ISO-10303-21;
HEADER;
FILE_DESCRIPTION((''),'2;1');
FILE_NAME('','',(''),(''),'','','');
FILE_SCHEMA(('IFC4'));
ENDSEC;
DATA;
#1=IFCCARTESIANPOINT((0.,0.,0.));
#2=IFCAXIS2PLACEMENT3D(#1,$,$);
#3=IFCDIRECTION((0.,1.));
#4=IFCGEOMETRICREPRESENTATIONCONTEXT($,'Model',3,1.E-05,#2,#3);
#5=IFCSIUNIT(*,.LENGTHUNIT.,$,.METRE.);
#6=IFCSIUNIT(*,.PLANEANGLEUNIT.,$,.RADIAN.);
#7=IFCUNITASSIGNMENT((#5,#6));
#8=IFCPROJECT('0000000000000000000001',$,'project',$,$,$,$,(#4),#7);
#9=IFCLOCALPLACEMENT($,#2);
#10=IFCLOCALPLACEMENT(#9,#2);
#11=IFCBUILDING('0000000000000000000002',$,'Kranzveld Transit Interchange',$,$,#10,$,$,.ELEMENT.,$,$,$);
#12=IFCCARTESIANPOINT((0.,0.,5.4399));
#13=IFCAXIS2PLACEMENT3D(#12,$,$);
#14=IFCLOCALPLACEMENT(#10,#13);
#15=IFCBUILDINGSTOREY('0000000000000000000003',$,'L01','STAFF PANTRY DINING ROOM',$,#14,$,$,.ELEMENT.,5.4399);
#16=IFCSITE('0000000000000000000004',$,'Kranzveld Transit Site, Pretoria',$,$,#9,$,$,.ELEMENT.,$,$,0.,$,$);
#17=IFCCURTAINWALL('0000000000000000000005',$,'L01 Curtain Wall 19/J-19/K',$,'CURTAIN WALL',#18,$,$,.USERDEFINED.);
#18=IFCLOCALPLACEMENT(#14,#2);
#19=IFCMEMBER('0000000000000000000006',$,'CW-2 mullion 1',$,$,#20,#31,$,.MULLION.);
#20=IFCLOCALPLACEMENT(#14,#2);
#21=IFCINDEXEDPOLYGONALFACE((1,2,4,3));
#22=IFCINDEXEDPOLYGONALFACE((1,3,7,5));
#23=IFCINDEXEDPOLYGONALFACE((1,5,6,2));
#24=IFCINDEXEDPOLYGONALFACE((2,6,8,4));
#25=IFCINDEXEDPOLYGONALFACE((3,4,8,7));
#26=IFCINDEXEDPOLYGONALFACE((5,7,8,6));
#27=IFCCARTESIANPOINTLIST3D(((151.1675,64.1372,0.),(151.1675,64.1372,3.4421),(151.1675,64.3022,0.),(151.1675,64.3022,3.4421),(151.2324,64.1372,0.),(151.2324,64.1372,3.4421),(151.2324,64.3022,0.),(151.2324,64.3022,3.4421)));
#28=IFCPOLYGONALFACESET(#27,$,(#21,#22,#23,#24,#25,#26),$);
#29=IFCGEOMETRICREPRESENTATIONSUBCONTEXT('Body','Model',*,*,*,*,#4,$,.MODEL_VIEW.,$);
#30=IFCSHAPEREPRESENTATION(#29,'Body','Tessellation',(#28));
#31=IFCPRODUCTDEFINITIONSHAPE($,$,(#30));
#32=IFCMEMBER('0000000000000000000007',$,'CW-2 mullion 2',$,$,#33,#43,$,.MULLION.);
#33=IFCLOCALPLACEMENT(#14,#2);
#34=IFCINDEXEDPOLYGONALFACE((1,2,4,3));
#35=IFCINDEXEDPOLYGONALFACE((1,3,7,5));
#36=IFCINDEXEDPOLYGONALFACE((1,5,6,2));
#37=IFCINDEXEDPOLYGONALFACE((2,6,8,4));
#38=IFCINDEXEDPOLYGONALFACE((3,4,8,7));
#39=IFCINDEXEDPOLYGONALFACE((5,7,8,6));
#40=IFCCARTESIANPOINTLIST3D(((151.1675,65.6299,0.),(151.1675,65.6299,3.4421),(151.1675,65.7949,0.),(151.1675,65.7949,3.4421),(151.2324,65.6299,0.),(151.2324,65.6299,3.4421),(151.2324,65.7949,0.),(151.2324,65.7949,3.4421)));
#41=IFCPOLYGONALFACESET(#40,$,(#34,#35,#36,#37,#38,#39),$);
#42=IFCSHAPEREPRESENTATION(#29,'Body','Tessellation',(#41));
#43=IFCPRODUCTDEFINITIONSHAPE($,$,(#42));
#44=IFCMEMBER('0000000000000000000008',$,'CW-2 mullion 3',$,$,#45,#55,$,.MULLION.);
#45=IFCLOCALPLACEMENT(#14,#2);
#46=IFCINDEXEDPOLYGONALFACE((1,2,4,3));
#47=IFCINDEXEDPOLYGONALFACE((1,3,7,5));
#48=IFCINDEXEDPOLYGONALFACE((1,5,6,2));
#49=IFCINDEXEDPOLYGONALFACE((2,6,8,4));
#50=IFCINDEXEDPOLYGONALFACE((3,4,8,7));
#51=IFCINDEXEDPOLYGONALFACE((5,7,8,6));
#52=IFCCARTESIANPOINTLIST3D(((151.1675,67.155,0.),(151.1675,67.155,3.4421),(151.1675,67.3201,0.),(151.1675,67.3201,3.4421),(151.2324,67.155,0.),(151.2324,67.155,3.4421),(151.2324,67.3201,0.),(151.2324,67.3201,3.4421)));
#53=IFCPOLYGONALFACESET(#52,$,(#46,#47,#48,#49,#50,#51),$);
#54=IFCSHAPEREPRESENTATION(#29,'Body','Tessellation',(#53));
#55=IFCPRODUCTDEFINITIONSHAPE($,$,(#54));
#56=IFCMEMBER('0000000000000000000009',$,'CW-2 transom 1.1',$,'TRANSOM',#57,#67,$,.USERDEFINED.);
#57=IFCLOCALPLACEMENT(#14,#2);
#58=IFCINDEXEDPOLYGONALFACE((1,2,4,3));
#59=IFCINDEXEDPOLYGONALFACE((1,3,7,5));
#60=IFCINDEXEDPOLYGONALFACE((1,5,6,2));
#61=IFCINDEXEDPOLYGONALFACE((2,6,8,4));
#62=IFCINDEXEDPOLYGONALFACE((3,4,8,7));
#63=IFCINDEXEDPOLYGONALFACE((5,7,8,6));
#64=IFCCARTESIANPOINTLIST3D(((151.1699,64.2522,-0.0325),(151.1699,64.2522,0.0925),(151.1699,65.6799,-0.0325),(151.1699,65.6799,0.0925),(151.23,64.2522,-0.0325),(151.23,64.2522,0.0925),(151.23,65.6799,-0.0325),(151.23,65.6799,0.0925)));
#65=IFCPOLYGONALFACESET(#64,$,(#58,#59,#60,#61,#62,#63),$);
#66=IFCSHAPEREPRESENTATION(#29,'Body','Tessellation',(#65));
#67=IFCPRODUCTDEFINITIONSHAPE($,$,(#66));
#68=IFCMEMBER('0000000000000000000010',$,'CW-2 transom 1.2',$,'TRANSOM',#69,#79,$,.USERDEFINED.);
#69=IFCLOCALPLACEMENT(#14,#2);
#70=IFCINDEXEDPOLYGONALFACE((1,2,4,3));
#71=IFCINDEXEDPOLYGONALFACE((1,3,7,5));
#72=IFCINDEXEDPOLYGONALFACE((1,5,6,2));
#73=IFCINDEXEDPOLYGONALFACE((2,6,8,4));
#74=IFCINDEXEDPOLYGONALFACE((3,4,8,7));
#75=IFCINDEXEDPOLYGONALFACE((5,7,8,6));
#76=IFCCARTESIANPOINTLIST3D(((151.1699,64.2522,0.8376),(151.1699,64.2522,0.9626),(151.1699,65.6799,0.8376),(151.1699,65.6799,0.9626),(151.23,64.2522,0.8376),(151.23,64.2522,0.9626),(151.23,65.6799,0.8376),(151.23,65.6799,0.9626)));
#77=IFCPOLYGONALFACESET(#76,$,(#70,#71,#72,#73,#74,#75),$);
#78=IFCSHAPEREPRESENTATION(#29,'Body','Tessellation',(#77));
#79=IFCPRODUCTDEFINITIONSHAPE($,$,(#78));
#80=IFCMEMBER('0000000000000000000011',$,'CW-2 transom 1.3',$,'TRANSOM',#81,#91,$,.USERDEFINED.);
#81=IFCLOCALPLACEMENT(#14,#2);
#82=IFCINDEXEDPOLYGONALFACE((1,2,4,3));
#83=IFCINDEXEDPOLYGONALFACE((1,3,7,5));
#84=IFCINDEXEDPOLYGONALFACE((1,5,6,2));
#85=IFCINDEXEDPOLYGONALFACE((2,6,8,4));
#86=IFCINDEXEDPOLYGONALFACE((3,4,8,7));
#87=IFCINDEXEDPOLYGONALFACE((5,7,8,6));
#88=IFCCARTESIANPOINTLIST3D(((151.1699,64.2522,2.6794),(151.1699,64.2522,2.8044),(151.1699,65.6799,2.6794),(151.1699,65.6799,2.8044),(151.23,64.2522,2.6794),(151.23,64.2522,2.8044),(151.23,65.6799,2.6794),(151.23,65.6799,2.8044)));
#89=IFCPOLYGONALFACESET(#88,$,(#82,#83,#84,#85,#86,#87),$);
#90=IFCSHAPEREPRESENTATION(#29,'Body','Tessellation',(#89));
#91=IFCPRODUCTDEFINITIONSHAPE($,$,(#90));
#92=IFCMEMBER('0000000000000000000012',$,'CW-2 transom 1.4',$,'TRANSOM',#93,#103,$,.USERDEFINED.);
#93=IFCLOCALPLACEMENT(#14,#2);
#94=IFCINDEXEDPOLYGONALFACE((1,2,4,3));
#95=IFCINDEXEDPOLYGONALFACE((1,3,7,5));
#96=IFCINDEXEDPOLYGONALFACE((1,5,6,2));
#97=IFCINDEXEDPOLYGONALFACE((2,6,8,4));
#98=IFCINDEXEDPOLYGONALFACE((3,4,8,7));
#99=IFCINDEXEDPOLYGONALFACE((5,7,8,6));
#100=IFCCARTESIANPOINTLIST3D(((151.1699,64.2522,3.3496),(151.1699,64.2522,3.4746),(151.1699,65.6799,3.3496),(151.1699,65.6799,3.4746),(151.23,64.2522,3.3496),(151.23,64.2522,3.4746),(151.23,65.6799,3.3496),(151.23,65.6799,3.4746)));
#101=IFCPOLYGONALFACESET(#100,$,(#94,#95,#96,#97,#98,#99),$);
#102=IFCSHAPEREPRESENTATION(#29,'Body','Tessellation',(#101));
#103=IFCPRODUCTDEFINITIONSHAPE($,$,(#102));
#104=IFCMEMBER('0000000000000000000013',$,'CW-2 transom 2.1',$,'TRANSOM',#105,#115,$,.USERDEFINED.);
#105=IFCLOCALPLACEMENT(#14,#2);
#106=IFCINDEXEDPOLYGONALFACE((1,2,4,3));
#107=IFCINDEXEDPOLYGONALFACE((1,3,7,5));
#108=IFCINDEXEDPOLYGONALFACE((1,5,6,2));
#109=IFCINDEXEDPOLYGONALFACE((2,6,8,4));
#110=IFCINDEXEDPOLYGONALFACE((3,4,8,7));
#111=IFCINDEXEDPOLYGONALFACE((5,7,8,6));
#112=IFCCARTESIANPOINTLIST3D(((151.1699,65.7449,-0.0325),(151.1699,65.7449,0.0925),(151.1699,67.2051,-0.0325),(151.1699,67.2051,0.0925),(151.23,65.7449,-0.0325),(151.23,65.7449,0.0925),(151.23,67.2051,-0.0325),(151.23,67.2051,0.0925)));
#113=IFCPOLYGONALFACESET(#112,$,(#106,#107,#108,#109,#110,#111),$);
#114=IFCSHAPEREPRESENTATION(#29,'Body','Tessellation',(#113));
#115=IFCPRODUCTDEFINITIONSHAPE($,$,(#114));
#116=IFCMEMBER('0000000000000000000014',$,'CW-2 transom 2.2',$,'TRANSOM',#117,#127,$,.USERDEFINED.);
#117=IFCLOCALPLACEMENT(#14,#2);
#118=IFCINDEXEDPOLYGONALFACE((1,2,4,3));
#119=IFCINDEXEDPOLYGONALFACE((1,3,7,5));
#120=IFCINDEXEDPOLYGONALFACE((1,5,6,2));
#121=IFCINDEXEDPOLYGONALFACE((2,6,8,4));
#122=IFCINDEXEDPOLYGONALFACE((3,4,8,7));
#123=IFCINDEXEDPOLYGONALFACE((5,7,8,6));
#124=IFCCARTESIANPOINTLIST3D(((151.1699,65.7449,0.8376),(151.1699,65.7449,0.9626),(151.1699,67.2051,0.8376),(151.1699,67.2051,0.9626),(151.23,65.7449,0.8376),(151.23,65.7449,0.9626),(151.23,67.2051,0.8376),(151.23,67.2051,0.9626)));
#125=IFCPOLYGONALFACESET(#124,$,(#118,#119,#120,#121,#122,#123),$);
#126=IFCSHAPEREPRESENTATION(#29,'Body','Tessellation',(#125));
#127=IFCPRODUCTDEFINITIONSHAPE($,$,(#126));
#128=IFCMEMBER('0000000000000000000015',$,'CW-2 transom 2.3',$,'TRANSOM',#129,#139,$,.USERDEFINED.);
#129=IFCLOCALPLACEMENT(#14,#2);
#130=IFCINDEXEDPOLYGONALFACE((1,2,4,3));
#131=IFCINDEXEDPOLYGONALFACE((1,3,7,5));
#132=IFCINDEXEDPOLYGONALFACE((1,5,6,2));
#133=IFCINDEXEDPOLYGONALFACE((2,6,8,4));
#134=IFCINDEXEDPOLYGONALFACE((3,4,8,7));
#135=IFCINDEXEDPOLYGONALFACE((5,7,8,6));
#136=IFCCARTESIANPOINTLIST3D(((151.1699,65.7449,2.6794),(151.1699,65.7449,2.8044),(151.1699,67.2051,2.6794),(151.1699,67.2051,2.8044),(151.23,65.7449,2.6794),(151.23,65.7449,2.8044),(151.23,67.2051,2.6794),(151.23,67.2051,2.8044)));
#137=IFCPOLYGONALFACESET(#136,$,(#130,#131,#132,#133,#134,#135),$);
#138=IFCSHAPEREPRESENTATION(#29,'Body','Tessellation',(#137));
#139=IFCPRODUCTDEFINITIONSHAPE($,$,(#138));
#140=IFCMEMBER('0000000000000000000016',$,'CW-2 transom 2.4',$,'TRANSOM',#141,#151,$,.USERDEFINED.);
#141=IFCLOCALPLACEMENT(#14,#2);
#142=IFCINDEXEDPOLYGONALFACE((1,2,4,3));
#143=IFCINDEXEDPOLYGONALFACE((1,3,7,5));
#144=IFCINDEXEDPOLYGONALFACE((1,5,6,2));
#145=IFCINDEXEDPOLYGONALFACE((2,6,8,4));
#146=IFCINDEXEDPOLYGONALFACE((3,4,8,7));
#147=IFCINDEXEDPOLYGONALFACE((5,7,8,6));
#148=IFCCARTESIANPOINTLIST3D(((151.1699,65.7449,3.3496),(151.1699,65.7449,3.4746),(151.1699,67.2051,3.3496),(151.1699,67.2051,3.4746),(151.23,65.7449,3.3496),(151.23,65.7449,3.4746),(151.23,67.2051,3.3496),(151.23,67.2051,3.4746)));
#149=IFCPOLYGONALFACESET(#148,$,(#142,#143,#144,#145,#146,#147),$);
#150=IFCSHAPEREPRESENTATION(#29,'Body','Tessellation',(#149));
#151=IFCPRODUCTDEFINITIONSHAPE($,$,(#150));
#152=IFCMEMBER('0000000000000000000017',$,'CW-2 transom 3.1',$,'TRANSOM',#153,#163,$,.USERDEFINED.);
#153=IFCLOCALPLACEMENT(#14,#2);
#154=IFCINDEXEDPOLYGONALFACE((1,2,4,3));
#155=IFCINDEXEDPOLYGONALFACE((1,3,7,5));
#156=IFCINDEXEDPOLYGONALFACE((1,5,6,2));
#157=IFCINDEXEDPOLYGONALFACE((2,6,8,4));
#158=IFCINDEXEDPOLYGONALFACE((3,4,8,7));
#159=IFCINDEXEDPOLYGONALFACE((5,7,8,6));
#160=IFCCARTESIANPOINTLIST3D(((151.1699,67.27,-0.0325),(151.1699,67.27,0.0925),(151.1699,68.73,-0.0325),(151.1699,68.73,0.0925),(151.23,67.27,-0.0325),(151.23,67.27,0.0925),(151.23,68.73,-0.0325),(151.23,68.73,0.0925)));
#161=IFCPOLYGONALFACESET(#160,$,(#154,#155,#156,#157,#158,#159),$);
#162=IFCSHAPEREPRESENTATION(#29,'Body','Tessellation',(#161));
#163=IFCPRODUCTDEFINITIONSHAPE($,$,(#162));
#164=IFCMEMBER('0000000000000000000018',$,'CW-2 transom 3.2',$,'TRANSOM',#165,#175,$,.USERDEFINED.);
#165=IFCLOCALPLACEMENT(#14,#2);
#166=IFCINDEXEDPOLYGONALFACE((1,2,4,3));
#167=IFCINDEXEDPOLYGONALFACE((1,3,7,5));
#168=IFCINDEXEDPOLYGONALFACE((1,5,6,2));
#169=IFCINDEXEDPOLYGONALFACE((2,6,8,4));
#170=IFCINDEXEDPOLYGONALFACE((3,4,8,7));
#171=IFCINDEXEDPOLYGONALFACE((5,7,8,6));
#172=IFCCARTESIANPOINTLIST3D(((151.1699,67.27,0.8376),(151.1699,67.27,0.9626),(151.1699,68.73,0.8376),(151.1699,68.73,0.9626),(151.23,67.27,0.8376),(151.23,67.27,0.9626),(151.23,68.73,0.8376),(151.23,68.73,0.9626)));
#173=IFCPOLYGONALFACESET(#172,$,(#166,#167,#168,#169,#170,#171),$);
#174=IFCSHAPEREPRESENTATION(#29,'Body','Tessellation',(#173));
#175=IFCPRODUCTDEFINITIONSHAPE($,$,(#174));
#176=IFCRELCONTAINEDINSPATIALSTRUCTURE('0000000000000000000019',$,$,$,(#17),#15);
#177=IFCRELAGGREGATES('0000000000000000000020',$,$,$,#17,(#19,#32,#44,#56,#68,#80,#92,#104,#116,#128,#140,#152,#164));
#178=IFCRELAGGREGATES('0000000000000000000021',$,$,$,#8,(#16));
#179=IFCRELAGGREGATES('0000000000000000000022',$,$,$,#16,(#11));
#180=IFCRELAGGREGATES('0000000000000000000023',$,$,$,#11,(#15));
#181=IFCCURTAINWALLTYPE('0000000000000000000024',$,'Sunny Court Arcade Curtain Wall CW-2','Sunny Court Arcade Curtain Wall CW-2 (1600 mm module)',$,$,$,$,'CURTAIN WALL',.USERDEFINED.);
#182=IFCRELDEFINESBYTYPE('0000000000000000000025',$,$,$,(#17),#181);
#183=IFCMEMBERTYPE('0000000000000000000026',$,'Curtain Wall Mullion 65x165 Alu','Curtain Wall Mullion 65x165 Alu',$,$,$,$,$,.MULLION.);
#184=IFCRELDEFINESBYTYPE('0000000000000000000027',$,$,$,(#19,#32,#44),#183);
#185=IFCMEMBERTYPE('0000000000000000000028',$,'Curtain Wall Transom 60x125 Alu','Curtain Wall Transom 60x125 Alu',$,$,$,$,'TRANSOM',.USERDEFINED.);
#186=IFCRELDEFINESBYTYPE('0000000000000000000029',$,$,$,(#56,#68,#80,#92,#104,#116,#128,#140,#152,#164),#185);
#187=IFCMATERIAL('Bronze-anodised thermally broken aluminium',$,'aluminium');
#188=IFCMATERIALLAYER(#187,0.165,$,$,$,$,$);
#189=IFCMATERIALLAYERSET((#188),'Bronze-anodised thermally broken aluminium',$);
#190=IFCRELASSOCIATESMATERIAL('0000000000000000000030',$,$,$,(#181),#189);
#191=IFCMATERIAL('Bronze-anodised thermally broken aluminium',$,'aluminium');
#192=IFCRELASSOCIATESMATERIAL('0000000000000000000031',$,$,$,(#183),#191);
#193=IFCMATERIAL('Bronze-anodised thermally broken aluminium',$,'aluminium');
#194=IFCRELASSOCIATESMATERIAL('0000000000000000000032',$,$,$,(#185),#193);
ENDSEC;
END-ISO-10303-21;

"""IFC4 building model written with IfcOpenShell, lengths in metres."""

from ifc_helpers import new_model, si_unit, direction, frame, origin, origin_2d, place, context, subcontext, project, spatial, rectangle, extrude, material, layer, layer_set, material_profile, profile_set, type_object, element, aggregate, save


model = new_model("IFC4")

# Units and contexts
model_context = context("Model", 3, precision=1e-05, world=origin(), true_north=direction((0.0, 1.0)))
body_context = subcontext(model_context, "Body", "Model", "MODEL_VIEW")
ifc_project = project(units=[si_unit("LENGTHUNIT", "METRE"), si_unit("PLANEANGLEUNIT", "RADIAN")], contexts=[model_context])

# Site, building, storey
site_placement = place(None, origin())
site = spatial("IfcSite", under=ifc_project, at=site_placement, Name="Kranzveld Transit Site, Pretoria", CompositionType="ELEMENT", RefElevation=0.0)
building_placement = place(site_placement, origin())
building = spatial("IfcBuilding", under=site, at=building_placement, Name="Kranzveld Transit Interchange", CompositionType="ELEMENT")
storey_placement = place(building_placement, frame((0.0, 0.0, 5.4399)))
storey = spatial("IfcBuildingStorey", under=building, at=storey_placement, Name="L01", Description="STAFF PANTRY DINING ROOM", CompositionType="ELEMENT", Elevation=5.4399)

# Curtain wall, members
ifc_material_1 = material(Name="Bronze-anodised thermally broken aluminium", Category="aluminium")
ifc_layer_1 = layer(ifc_material_1, 0.165)
ifc_layer_set_1 = layer_set([ifc_layer_1], Name="Bronze-anodised thermally broken aluminium")
curtain_wall_type = type_object("IfcCurtainWallType", Name="Sunny Court Arcade Curtain Wall CW-2", Description="Sunny Court Arcade Curtain Wall CW-2 (1600 mm module)", ElementType="CURTAIN WALL", PredefinedType="USERDEFINED", material=ifc_layer_set_1)
curtain_wall_placement = place(storey_placement, origin())
curtain_wall = element("IfcCurtainWall", 1, at=curtain_wall_placement, inside=storey, type_object=curtain_wall_type, Name="L01 Curtain Wall 19/J-19/K", ObjectType="CURTAIN WALL", PredefinedType="USERDEFINED")
ifc_material_2 = material(Name="Bronze-anodised thermally broken aluminium", Category="aluminium")
ifc_material_profile_1 = material_profile(ifc_material_2, rectangle(XDim=0.0649, YDim=0.165, at=origin_2d()), Name="ALU MULLION 65x165")
ifc_profile_set_1 = profile_set([ifc_material_profile_1], Name="Bronze-anodised thermally broken aluminium")
member_type_1 = type_object("IfcMemberType", Name="Curtain Wall Mullion 65x165 Alu", Description="Curtain Wall Mullion 65x165 Alu", PredefinedType="MULLION", material=ifc_profile_set_1)
member_1_placement = place(storey_placement, frame((151.2, 64.2197, 0.0), z_axis=(0.0, 0.0, 1.0), x_axis=(-1.0, 0.0, 0.0)))
member_1 = element("IfcMember", 2, at=member_1_placement, type_object=member_type_1, Name="CW-2 mullion 1", PredefinedType="MULLION", context=body_context, shape_type="SweptSolid", body=[
    extrude(rectangle(XDim=0.0649, YDim=0.165, at=origin_2d()), origin(), (0.0, 0.0, 1.0), 3.4421),
])
member_2_placement = place(storey_placement, frame((151.2, 65.7124, 0.0), z_axis=(0.0, 0.0, 1.0), x_axis=(-1.0, 0.0, 0.0)))
member_2 = element("IfcMember", 3, at=member_2_placement, type_object=member_type_1, Name="CW-2 mullion 2", PredefinedType="MULLION", context=body_context, shape_type="SweptSolid", body=[
    extrude(rectangle(XDim=0.0649, YDim=0.165, at=origin_2d()), origin(), (0.0, 0.0, 1.0), 3.4421),
])
member_3_placement = place(storey_placement, frame((151.2, 67.2375, 0.0), z_axis=(0.0, 0.0, 1.0), x_axis=(-1.0, 0.0, 0.0)))
member_3 = element("IfcMember", 4, at=member_3_placement, type_object=member_type_1, Name="CW-2 mullion 3", PredefinedType="MULLION", context=body_context, shape_type="SweptSolid", body=[
    extrude(rectangle(XDim=0.0649, YDim=0.165, at=origin_2d()), origin(), (0.0, 0.0, 1.0), 3.4421),
])
ifc_material_3 = material(Name="Bronze-anodised thermally broken aluminium", Category="aluminium")
ifc_material_profile_2 = material_profile(ifc_material_3, rectangle(XDim=0.0601, YDim=0.125, at=origin_2d()), Name="ALU TRANSOM 60x125")
ifc_profile_set_2 = profile_set([ifc_material_profile_2], Name="Bronze-anodised thermally broken aluminium")
member_type_2 = type_object("IfcMemberType", Name="Curtain Wall Transom 60x125 Alu", Description="Curtain Wall Transom 60x125 Alu", ElementType="TRANSOM", PredefinedType="USERDEFINED", material=ifc_profile_set_2)
member_4_placement = place(storey_placement, frame((151.2, 64.2522, 0.03), z_axis=(0.0, 1.0, 0.0), x_axis=(-1.0, 0.0, 0.0)))
member_4 = element("IfcMember", 5, at=member_4_placement, type_object=member_type_2, Name="CW-2 transom 1.1", ObjectType="TRANSOM", PredefinedType="USERDEFINED", context=body_context, shape_type="SweptSolid", body=[
    extrude(rectangle(XDim=0.0601, YDim=0.125, at=origin_2d()), origin(), (0.0, 0.0, 1.0), 1.4277),
])
member_5_placement = place(storey_placement, frame((151.2, 64.2522, 0.9001), z_axis=(0.0, 1.0, 0.0), x_axis=(-1.0, 0.0, 0.0)))
member_5 = element("IfcMember", 6, at=member_5_placement, type_object=member_type_2, Name="CW-2 transom 1.2", ObjectType="TRANSOM", PredefinedType="USERDEFINED", context=body_context, shape_type="SweptSolid", body=[
    extrude(rectangle(XDim=0.0601, YDim=0.125, at=origin_2d()), origin(), (0.0, 0.0, 1.0), 1.4277),
])
member_6_placement = place(storey_placement, frame((151.2, 64.2522, 2.7419), z_axis=(0.0, 1.0, 0.0), x_axis=(-1.0, 0.0, 0.0)))
member_6 = element("IfcMember", 7, at=member_6_placement, type_object=member_type_2, Name="CW-2 transom 1.3", ObjectType="TRANSOM", PredefinedType="USERDEFINED", context=body_context, shape_type="SweptSolid", body=[
    extrude(rectangle(XDim=0.0601, YDim=0.125, at=origin_2d()), origin(), (0.0, 0.0, 1.0), 1.4277),
])
member_7_placement = place(storey_placement, frame((151.2, 64.2522, 3.4121), z_axis=(0.0, 1.0, 0.0), x_axis=(-1.0, 0.0, 0.0)))
member_7 = element("IfcMember", 8, at=member_7_placement, type_object=member_type_2, Name="CW-2 transom 1.4", ObjectType="TRANSOM", PredefinedType="USERDEFINED", context=body_context, shape_type="SweptSolid", body=[
    extrude(rectangle(XDim=0.0601, YDim=0.125, at=origin_2d()), origin(), (0.0, 0.0, 1.0), 1.4277),
])
member_8_placement = place(storey_placement, frame((151.2, 65.7449, 0.03), z_axis=(0.0, 1.0, 0.0), x_axis=(-1.0, 0.0, 0.0)))
member_8 = element("IfcMember", 9, at=member_8_placement, type_object=member_type_2, Name="CW-2 transom 2.1", ObjectType="TRANSOM", PredefinedType="USERDEFINED", context=body_context, shape_type="SweptSolid", body=[
    extrude(rectangle(XDim=0.0601, YDim=0.125, at=origin_2d()), origin(), (0.0, 0.0, 1.0), 1.4602),
])
member_9_placement = place(storey_placement, frame((151.2, 65.7449, 0.9001), z_axis=(0.0, 1.0, 0.0), x_axis=(-1.0, 0.0, 0.0)))
member_9 = element("IfcMember", 10, at=member_9_placement, type_object=member_type_2, Name="CW-2 transom 2.2", ObjectType="TRANSOM", PredefinedType="USERDEFINED", context=body_context, shape_type="SweptSolid", body=[
    extrude(rectangle(XDim=0.0601, YDim=0.125, at=origin_2d()), origin(), (0.0, 0.0, 1.0), 1.4602),
])
member_10_placement = place(storey_placement, frame((151.2, 65.7449, 2.7419), z_axis=(0.0, 1.0, 0.0), x_axis=(-1.0, 0.0, 0.0)))
member_10 = element("IfcMember", 11, at=member_10_placement, type_object=member_type_2, Name="CW-2 transom 2.3", ObjectType="TRANSOM", PredefinedType="USERDEFINED", context=body_context, shape_type="SweptSolid", body=[
    extrude(rectangle(XDim=0.0601, YDim=0.125, at=origin_2d()), origin(), (0.0, 0.0, 1.0), 1.4602),
])
member_11_placement = place(storey_placement, frame((151.2, 65.7449, 3.4121), z_axis=(0.0, 1.0, 0.0), x_axis=(-1.0, 0.0, 0.0)))
member_11 = element("IfcMember", 12, at=member_11_placement, type_object=member_type_2, Name="CW-2 transom 2.4", ObjectType="TRANSOM", PredefinedType="USERDEFINED", context=body_context, shape_type="SweptSolid", body=[
    extrude(rectangle(XDim=0.0601, YDim=0.125, at=origin_2d()), origin(), (0.0, 0.0, 1.0), 1.4602),
])
member_12_placement = place(storey_placement, frame((151.2, 67.27, 0.03), z_axis=(0.0, 1.0, 0.0), x_axis=(-1.0, 0.0, 0.0)))
member_12 = element("IfcMember", 13, at=member_12_placement, type_object=member_type_2, Name="CW-2 transom 3.1", ObjectType="TRANSOM", PredefinedType="USERDEFINED", context=body_context, shape_type="SweptSolid", body=[
    extrude(rectangle(XDim=0.0601, YDim=0.125, at=origin_2d()), origin(), (0.0, 0.0, 1.0), 1.46),
])
member_13_placement = place(storey_placement, frame((151.2, 67.27, 0.9001), z_axis=(0.0, 1.0, 0.0), x_axis=(-1.0, 0.0, 0.0)))
member_13 = element("IfcMember", 14, at=member_13_placement, type_object=member_type_2, Name="CW-2 transom 3.2", ObjectType="TRANSOM", PredefinedType="USERDEFINED", context=body_context, shape_type="SweptSolid", body=[
    extrude(rectangle(XDim=0.0601, YDim=0.125, at=origin_2d()), origin(), (0.0, 0.0, 1.0), 1.46),
])

aggregate(curtain_wall, [member_1, member_2, member_3, member_4, member_5, member_6, member_7, member_8, member_9, member_10, member_11, member_12, member_13])

save(model, "model.ifc")
